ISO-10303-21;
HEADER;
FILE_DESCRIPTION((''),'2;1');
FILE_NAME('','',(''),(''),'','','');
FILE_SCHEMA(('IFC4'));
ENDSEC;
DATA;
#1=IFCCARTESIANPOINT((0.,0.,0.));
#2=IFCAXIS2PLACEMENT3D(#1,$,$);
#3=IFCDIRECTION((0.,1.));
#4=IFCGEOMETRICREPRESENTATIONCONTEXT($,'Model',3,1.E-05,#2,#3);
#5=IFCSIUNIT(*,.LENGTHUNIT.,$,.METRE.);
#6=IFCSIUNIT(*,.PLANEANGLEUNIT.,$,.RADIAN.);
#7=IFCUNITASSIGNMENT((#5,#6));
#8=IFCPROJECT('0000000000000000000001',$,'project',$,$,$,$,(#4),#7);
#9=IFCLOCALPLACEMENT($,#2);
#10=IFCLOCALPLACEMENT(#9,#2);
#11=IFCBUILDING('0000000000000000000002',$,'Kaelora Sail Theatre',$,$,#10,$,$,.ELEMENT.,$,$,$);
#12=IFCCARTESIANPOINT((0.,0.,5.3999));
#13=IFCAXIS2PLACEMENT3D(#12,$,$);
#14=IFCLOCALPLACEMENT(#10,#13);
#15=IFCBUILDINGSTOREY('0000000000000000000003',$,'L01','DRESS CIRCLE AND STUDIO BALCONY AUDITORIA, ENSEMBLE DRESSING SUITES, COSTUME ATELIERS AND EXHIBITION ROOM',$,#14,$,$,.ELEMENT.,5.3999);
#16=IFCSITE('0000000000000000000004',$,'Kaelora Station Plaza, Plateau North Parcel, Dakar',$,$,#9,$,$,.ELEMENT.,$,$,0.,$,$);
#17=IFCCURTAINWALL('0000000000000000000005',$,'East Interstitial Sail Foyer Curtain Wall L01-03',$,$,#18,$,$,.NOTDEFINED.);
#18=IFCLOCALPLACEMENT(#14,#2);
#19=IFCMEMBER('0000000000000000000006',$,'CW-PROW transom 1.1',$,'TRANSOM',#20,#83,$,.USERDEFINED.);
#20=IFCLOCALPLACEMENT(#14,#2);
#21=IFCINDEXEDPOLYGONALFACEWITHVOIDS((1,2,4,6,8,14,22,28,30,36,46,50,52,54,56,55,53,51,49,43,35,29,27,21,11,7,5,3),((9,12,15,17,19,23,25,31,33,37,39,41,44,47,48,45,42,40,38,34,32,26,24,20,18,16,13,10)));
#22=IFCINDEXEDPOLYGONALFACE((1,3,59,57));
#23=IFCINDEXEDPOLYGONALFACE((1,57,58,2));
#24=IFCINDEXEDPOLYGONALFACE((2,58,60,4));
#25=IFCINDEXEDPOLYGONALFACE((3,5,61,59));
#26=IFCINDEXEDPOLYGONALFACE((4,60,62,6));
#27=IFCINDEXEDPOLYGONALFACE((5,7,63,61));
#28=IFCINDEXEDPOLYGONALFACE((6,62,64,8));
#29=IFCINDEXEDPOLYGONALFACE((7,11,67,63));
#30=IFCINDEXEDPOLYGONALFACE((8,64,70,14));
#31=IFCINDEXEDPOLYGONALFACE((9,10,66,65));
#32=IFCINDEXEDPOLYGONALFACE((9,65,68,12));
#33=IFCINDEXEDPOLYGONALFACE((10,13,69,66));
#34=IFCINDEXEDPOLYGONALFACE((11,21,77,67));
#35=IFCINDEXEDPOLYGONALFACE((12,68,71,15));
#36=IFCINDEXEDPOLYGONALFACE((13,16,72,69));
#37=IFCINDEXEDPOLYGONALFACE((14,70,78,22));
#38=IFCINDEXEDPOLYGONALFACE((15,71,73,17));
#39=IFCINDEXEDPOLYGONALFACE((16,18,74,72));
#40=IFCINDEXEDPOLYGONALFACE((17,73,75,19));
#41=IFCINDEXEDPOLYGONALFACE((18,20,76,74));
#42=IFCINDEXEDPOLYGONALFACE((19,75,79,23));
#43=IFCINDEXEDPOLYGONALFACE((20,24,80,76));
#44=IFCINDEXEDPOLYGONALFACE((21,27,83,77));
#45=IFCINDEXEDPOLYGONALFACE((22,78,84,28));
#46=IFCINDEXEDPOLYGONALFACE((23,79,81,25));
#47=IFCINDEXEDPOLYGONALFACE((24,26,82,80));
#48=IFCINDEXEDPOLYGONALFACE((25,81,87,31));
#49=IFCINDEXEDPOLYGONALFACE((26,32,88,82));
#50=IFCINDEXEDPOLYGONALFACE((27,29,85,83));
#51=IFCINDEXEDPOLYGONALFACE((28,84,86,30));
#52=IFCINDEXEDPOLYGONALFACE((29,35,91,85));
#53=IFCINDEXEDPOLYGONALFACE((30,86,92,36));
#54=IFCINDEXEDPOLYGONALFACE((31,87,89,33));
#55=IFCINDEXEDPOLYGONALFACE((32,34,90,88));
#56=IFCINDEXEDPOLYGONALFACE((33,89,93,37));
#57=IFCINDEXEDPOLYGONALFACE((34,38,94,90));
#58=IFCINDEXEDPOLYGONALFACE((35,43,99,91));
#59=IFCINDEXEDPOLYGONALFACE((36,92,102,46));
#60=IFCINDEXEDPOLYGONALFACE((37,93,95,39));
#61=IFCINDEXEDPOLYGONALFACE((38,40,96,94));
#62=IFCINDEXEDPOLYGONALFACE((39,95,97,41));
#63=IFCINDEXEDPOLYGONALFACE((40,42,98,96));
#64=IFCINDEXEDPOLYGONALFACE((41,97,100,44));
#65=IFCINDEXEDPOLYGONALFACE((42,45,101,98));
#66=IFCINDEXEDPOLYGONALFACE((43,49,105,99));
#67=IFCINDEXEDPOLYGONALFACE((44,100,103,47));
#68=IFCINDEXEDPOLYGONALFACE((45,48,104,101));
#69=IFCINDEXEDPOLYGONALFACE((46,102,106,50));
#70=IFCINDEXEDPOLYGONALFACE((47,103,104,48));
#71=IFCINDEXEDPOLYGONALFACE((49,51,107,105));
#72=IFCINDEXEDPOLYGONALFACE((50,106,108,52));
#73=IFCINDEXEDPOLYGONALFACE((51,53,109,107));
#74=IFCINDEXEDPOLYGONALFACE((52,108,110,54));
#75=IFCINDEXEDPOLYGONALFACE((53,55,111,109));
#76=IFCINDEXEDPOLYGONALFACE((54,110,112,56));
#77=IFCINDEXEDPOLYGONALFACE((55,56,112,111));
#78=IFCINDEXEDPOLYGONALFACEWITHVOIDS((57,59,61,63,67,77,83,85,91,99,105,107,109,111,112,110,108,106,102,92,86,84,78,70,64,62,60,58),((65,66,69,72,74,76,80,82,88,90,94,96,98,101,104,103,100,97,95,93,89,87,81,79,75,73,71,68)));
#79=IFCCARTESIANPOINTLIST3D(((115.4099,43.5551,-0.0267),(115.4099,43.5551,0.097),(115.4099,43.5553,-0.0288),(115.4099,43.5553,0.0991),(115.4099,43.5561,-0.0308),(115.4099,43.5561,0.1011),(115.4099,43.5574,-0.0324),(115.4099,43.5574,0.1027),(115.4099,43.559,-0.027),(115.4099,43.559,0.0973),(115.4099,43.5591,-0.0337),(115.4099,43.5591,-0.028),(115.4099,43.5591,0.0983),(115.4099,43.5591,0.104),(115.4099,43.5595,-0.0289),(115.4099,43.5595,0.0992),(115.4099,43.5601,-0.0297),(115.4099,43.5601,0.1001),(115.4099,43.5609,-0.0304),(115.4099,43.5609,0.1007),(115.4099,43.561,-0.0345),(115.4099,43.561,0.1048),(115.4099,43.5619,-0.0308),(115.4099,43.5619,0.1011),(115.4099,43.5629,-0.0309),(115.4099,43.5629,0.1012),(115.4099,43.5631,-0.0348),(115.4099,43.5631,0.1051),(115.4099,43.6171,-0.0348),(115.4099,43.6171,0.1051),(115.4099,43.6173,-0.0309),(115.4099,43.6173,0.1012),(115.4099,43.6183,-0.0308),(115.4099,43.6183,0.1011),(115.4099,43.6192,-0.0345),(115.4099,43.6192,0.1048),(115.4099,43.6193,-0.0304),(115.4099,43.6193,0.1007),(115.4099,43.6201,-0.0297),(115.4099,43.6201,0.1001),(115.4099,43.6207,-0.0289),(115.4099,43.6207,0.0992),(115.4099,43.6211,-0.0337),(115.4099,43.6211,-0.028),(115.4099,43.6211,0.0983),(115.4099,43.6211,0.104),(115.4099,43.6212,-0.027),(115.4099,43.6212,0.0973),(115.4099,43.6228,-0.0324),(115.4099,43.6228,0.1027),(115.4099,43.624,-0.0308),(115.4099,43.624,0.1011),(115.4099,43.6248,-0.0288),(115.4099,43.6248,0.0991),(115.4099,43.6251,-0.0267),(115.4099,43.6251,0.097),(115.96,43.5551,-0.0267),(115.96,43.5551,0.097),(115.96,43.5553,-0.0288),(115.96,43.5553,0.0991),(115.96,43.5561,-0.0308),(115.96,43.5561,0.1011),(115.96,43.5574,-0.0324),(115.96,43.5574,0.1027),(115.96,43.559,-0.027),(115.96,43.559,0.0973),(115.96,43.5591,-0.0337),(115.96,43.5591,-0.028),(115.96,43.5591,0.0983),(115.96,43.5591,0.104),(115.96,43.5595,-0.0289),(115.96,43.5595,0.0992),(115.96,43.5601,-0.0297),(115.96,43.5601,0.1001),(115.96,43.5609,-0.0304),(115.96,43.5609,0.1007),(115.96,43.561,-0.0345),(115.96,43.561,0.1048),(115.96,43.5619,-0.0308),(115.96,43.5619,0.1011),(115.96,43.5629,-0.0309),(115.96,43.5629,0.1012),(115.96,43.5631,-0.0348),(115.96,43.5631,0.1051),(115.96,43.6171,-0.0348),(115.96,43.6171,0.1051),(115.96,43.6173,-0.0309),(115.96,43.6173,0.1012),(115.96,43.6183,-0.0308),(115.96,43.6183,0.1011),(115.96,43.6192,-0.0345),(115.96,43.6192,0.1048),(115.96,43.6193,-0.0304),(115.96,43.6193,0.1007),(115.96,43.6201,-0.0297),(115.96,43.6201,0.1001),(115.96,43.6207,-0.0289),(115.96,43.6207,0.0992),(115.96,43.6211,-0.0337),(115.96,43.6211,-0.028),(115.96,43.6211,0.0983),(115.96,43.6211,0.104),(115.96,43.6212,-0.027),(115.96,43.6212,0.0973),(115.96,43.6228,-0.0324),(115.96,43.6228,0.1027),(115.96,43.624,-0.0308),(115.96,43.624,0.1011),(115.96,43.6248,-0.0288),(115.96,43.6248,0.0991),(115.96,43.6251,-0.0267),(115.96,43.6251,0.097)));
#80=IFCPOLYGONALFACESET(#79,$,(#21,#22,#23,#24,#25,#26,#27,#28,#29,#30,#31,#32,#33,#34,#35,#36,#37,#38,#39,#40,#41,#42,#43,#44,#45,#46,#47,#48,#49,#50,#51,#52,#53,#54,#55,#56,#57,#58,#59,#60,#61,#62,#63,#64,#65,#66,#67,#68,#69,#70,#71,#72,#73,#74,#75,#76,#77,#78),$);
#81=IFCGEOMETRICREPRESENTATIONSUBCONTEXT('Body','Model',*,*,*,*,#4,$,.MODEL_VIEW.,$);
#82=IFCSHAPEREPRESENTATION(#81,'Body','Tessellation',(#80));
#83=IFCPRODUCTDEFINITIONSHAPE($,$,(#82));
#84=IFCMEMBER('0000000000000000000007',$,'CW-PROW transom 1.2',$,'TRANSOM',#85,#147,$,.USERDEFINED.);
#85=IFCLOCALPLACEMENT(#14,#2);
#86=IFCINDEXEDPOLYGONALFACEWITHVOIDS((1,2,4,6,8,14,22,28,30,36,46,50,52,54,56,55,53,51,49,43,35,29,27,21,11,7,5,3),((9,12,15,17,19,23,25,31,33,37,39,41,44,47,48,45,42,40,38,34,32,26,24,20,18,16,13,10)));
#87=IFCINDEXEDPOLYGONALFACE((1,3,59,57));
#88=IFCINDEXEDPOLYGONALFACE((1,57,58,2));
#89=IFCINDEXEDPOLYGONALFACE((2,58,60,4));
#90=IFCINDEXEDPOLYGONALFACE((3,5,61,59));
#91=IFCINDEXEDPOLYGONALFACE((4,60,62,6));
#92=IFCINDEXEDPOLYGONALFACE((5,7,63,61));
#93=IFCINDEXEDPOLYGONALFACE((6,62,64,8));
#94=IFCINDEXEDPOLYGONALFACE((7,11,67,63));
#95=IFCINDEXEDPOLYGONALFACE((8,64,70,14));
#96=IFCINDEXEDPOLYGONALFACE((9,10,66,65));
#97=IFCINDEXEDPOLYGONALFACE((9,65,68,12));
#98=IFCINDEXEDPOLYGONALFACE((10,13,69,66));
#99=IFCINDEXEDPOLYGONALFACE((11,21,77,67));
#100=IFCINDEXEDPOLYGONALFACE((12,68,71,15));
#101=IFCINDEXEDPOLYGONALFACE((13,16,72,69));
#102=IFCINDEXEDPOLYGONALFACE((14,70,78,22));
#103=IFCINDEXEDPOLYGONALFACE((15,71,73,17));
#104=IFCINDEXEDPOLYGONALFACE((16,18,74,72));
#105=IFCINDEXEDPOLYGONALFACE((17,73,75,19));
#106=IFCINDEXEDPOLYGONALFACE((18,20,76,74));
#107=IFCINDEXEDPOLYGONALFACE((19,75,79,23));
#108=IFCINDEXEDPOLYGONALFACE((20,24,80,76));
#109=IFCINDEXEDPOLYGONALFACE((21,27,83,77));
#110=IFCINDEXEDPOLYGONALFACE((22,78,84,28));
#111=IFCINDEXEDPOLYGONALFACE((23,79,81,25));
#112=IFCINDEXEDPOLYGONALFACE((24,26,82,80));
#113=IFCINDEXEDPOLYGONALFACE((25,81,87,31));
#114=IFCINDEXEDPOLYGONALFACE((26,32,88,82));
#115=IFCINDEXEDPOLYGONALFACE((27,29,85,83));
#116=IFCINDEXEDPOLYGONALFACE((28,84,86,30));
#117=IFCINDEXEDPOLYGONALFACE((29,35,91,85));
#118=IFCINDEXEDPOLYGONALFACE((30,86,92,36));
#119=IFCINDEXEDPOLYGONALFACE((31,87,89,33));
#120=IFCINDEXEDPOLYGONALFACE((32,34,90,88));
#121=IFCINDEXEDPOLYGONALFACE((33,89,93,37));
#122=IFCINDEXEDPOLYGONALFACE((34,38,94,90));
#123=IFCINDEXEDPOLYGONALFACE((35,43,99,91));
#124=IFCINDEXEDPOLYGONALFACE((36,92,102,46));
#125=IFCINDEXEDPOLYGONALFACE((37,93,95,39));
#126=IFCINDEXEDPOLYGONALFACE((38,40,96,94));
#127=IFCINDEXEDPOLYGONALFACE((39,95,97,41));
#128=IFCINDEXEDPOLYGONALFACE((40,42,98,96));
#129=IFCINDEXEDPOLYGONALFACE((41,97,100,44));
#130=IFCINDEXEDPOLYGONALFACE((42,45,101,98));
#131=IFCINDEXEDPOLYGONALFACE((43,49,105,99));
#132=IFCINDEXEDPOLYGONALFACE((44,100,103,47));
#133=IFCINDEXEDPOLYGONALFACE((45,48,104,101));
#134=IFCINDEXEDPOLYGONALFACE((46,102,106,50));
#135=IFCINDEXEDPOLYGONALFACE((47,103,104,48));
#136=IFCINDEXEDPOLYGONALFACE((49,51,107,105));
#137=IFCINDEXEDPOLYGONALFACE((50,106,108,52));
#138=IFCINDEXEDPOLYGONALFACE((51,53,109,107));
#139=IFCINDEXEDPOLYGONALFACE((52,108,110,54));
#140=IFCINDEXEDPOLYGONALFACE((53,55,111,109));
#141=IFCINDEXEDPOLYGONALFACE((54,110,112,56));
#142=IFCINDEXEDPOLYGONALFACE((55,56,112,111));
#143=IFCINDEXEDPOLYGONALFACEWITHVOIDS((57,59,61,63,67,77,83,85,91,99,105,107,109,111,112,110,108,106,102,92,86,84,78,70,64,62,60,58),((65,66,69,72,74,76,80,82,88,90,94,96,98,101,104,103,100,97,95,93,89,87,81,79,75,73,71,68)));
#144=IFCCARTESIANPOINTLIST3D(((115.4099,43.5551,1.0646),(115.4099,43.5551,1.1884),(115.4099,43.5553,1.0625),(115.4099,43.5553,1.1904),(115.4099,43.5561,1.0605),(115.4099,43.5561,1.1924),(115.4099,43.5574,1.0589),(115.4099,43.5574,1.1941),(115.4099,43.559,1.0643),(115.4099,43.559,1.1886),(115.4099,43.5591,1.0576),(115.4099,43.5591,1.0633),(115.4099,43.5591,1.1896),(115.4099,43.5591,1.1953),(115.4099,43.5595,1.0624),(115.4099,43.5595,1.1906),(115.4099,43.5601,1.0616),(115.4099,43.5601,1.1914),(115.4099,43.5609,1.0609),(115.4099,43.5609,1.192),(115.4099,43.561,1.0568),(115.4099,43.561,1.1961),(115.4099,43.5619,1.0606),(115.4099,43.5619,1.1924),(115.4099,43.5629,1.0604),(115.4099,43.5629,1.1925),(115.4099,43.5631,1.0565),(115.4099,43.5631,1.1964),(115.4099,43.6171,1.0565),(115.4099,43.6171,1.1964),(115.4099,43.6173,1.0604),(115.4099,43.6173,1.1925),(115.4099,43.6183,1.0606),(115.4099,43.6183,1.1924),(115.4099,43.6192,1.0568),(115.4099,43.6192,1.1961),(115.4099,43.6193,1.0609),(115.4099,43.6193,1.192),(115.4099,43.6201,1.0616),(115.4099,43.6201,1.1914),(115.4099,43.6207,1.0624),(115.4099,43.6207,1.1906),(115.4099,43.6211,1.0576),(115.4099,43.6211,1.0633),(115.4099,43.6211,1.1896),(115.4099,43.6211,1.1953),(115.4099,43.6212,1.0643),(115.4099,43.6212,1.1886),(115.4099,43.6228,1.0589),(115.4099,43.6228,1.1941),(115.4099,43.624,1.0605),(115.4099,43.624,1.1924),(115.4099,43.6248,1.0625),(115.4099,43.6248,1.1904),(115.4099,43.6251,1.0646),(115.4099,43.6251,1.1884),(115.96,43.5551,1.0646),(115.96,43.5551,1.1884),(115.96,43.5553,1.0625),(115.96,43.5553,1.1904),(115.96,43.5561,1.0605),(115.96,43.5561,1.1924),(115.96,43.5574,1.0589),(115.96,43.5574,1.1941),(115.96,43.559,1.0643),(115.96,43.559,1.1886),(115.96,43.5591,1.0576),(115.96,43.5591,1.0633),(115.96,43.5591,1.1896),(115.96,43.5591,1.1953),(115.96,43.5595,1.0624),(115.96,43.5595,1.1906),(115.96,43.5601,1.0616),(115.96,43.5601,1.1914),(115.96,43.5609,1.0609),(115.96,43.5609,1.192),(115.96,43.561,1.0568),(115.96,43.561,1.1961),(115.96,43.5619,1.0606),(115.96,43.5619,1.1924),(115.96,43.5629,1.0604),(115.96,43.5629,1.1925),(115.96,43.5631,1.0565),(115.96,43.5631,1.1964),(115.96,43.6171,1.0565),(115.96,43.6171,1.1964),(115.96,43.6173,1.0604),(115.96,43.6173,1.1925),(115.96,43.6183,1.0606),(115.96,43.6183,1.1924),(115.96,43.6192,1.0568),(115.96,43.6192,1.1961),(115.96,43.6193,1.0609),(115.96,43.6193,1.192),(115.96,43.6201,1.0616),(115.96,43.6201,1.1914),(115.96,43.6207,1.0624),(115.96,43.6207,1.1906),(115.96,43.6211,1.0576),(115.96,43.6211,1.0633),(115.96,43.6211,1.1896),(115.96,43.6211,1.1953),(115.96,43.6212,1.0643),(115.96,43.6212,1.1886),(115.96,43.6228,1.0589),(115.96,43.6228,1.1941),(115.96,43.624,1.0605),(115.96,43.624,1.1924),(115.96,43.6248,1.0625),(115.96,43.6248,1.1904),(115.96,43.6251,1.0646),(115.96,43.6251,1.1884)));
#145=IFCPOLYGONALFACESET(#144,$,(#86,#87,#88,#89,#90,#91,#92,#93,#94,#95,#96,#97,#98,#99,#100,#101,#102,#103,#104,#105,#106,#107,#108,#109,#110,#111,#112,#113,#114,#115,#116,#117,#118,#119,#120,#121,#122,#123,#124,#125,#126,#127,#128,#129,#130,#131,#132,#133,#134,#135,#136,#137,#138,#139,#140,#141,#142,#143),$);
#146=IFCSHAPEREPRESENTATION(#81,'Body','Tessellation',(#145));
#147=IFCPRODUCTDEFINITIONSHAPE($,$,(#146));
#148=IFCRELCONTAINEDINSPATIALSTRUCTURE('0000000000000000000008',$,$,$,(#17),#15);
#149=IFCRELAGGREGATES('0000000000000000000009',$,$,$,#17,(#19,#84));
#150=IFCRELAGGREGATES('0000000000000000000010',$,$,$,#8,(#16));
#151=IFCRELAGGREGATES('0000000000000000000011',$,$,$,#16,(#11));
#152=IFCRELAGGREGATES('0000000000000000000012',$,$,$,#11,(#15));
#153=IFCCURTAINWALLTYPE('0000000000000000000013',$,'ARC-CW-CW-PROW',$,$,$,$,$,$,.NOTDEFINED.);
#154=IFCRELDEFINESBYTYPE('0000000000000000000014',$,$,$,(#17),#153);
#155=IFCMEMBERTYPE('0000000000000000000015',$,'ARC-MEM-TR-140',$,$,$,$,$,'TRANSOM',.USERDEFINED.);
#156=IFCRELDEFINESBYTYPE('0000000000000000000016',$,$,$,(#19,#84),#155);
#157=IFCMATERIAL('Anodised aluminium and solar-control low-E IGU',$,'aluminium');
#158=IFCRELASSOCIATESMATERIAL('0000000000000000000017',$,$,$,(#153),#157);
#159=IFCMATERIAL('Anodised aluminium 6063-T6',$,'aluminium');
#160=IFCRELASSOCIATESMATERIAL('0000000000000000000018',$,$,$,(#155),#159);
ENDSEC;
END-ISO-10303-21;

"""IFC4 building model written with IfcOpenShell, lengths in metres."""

from ifc_helpers import new_model, si_unit, direction, frame, origin, origin_2d, place, context, subcontext, project, spatial, hollow_rectangle, extrude, material, material_profile, profile_set, type_object, element, aggregate, save


model = new_model("IFC4")

# Units and contexts
model_context = context("Model", 3, precision=1e-05, world=origin(), true_north=direction((0.0, 1.0)))
body_context = subcontext(model_context, "Body", "Model", "MODEL_VIEW")
ifc_project = project(units=[si_unit("LENGTHUNIT", "METRE"), si_unit("PLANEANGLEUNIT", "RADIAN")], contexts=[model_context])

# Site, building, storey
site_placement = place(None, origin())
site = spatial("IfcSite", under=ifc_project, at=site_placement, Name="Kaelora Station Plaza, Plateau North Parcel, Dakar", CompositionType="ELEMENT", RefElevation=0.0)
building_placement = place(site_placement, origin())
building = spatial("IfcBuilding", under=site, at=building_placement, Name="Kaelora Sail Theatre", CompositionType="ELEMENT")
storey_placement = place(building_placement, frame((0.0, 0.0, 5.3999)))
storey = spatial("IfcBuildingStorey", under=building, at=storey_placement, Name="L01", Description="DRESS CIRCLE AND STUDIO BALCONY AUDITORIA, ENSEMBLE DRESSING SUITES, COSTUME ATELIERS AND EXHIBITION ROOM", CompositionType="ELEMENT", Elevation=5.3999)

# Shared definitions
ifc_material_1 = material(Name="Anodised aluminium and solar-control low-E IGU", Category="aluminium")
curtain_wall_type = type_object("IfcCurtainWallType", Name="ARC-CW-CW-PROW", PredefinedType="NOTDEFINED", material=ifc_material_1)

# Curtain wall
curtain_wall_1_placement = place(storey_placement, origin())
curtain_wall_1 = element("IfcCurtainWall", 1, at=curtain_wall_1_placement, inside=storey, type_object=curtain_wall_type, Name="East Interstitial Sail Foyer Curtain Wall L01-03", PredefinedType="NOTDEFINED")

# Members
ifc_material_2 = material(Name="Anodised aluminium 6063-T6", Category="aluminium")
ifc_material_profile_1 = material_profile(ifc_material_2, hollow_rectangle(XDim=0.0701, YDim=0.1399, WallThickness=0.0039, InnerFilletRadius=0.0039, OuterFilletRadius=0.0081, at=origin_2d()), Name="ALU-TRAN 70x140x4")
ifc_profile_set_1 = profile_set([ifc_material_profile_1], Name="Anodised aluminium 6063-T6")
member_type_1 = type_object("IfcMemberType", Name="ARC-MEM-TR-140", ElementType="TRANSOM", PredefinedType="USERDEFINED", material=ifc_profile_set_1)
member_1_placement = place(storey_placement, frame((115.4099, 43.5901, 0.0352), z_axis=(1.0, 0.0, 0.0), x_axis=(0.0, 1.0, 0.0)))
member_1 = element("IfcMember", 2, at=member_1_placement, type_object=member_type_1, Name="CW-PROW transom 1.1", ObjectType="TRANSOM", PredefinedType="USERDEFINED", context=body_context, shape_type="SweptSolid", body=[
    extrude(hollow_rectangle(XDim=0.0701, YDim=0.1399, WallThickness=0.0039, InnerFilletRadius=0.0039, OuterFilletRadius=0.0081, at=origin_2d()), origin(), (0.0, 0.0, 1.0), 0.55),
])
member_2_placement = place(storey_placement, frame((115.4099, 43.5901, 1.1265), z_axis=(1.0, 0.0, 0.0), x_axis=(0.0, 1.0, 0.0)))
member_2 = element("IfcMember", 3, at=member_2_placement, type_object=member_type_1, Name="CW-PROW transom 1.2", ObjectType="TRANSOM", PredefinedType="USERDEFINED", context=body_context, shape_type="SweptSolid", body=[
    extrude(hollow_rectangle(XDim=0.0701, YDim=0.1399, WallThickness=0.0039, InnerFilletRadius=0.0039, OuterFilletRadius=0.0081, at=origin_2d()), origin(), (0.0, 0.0, 1.0), 0.55),
])

aggregate(curtain_wall_1, [member_1, member_2])

save(model, "model.ifc")
